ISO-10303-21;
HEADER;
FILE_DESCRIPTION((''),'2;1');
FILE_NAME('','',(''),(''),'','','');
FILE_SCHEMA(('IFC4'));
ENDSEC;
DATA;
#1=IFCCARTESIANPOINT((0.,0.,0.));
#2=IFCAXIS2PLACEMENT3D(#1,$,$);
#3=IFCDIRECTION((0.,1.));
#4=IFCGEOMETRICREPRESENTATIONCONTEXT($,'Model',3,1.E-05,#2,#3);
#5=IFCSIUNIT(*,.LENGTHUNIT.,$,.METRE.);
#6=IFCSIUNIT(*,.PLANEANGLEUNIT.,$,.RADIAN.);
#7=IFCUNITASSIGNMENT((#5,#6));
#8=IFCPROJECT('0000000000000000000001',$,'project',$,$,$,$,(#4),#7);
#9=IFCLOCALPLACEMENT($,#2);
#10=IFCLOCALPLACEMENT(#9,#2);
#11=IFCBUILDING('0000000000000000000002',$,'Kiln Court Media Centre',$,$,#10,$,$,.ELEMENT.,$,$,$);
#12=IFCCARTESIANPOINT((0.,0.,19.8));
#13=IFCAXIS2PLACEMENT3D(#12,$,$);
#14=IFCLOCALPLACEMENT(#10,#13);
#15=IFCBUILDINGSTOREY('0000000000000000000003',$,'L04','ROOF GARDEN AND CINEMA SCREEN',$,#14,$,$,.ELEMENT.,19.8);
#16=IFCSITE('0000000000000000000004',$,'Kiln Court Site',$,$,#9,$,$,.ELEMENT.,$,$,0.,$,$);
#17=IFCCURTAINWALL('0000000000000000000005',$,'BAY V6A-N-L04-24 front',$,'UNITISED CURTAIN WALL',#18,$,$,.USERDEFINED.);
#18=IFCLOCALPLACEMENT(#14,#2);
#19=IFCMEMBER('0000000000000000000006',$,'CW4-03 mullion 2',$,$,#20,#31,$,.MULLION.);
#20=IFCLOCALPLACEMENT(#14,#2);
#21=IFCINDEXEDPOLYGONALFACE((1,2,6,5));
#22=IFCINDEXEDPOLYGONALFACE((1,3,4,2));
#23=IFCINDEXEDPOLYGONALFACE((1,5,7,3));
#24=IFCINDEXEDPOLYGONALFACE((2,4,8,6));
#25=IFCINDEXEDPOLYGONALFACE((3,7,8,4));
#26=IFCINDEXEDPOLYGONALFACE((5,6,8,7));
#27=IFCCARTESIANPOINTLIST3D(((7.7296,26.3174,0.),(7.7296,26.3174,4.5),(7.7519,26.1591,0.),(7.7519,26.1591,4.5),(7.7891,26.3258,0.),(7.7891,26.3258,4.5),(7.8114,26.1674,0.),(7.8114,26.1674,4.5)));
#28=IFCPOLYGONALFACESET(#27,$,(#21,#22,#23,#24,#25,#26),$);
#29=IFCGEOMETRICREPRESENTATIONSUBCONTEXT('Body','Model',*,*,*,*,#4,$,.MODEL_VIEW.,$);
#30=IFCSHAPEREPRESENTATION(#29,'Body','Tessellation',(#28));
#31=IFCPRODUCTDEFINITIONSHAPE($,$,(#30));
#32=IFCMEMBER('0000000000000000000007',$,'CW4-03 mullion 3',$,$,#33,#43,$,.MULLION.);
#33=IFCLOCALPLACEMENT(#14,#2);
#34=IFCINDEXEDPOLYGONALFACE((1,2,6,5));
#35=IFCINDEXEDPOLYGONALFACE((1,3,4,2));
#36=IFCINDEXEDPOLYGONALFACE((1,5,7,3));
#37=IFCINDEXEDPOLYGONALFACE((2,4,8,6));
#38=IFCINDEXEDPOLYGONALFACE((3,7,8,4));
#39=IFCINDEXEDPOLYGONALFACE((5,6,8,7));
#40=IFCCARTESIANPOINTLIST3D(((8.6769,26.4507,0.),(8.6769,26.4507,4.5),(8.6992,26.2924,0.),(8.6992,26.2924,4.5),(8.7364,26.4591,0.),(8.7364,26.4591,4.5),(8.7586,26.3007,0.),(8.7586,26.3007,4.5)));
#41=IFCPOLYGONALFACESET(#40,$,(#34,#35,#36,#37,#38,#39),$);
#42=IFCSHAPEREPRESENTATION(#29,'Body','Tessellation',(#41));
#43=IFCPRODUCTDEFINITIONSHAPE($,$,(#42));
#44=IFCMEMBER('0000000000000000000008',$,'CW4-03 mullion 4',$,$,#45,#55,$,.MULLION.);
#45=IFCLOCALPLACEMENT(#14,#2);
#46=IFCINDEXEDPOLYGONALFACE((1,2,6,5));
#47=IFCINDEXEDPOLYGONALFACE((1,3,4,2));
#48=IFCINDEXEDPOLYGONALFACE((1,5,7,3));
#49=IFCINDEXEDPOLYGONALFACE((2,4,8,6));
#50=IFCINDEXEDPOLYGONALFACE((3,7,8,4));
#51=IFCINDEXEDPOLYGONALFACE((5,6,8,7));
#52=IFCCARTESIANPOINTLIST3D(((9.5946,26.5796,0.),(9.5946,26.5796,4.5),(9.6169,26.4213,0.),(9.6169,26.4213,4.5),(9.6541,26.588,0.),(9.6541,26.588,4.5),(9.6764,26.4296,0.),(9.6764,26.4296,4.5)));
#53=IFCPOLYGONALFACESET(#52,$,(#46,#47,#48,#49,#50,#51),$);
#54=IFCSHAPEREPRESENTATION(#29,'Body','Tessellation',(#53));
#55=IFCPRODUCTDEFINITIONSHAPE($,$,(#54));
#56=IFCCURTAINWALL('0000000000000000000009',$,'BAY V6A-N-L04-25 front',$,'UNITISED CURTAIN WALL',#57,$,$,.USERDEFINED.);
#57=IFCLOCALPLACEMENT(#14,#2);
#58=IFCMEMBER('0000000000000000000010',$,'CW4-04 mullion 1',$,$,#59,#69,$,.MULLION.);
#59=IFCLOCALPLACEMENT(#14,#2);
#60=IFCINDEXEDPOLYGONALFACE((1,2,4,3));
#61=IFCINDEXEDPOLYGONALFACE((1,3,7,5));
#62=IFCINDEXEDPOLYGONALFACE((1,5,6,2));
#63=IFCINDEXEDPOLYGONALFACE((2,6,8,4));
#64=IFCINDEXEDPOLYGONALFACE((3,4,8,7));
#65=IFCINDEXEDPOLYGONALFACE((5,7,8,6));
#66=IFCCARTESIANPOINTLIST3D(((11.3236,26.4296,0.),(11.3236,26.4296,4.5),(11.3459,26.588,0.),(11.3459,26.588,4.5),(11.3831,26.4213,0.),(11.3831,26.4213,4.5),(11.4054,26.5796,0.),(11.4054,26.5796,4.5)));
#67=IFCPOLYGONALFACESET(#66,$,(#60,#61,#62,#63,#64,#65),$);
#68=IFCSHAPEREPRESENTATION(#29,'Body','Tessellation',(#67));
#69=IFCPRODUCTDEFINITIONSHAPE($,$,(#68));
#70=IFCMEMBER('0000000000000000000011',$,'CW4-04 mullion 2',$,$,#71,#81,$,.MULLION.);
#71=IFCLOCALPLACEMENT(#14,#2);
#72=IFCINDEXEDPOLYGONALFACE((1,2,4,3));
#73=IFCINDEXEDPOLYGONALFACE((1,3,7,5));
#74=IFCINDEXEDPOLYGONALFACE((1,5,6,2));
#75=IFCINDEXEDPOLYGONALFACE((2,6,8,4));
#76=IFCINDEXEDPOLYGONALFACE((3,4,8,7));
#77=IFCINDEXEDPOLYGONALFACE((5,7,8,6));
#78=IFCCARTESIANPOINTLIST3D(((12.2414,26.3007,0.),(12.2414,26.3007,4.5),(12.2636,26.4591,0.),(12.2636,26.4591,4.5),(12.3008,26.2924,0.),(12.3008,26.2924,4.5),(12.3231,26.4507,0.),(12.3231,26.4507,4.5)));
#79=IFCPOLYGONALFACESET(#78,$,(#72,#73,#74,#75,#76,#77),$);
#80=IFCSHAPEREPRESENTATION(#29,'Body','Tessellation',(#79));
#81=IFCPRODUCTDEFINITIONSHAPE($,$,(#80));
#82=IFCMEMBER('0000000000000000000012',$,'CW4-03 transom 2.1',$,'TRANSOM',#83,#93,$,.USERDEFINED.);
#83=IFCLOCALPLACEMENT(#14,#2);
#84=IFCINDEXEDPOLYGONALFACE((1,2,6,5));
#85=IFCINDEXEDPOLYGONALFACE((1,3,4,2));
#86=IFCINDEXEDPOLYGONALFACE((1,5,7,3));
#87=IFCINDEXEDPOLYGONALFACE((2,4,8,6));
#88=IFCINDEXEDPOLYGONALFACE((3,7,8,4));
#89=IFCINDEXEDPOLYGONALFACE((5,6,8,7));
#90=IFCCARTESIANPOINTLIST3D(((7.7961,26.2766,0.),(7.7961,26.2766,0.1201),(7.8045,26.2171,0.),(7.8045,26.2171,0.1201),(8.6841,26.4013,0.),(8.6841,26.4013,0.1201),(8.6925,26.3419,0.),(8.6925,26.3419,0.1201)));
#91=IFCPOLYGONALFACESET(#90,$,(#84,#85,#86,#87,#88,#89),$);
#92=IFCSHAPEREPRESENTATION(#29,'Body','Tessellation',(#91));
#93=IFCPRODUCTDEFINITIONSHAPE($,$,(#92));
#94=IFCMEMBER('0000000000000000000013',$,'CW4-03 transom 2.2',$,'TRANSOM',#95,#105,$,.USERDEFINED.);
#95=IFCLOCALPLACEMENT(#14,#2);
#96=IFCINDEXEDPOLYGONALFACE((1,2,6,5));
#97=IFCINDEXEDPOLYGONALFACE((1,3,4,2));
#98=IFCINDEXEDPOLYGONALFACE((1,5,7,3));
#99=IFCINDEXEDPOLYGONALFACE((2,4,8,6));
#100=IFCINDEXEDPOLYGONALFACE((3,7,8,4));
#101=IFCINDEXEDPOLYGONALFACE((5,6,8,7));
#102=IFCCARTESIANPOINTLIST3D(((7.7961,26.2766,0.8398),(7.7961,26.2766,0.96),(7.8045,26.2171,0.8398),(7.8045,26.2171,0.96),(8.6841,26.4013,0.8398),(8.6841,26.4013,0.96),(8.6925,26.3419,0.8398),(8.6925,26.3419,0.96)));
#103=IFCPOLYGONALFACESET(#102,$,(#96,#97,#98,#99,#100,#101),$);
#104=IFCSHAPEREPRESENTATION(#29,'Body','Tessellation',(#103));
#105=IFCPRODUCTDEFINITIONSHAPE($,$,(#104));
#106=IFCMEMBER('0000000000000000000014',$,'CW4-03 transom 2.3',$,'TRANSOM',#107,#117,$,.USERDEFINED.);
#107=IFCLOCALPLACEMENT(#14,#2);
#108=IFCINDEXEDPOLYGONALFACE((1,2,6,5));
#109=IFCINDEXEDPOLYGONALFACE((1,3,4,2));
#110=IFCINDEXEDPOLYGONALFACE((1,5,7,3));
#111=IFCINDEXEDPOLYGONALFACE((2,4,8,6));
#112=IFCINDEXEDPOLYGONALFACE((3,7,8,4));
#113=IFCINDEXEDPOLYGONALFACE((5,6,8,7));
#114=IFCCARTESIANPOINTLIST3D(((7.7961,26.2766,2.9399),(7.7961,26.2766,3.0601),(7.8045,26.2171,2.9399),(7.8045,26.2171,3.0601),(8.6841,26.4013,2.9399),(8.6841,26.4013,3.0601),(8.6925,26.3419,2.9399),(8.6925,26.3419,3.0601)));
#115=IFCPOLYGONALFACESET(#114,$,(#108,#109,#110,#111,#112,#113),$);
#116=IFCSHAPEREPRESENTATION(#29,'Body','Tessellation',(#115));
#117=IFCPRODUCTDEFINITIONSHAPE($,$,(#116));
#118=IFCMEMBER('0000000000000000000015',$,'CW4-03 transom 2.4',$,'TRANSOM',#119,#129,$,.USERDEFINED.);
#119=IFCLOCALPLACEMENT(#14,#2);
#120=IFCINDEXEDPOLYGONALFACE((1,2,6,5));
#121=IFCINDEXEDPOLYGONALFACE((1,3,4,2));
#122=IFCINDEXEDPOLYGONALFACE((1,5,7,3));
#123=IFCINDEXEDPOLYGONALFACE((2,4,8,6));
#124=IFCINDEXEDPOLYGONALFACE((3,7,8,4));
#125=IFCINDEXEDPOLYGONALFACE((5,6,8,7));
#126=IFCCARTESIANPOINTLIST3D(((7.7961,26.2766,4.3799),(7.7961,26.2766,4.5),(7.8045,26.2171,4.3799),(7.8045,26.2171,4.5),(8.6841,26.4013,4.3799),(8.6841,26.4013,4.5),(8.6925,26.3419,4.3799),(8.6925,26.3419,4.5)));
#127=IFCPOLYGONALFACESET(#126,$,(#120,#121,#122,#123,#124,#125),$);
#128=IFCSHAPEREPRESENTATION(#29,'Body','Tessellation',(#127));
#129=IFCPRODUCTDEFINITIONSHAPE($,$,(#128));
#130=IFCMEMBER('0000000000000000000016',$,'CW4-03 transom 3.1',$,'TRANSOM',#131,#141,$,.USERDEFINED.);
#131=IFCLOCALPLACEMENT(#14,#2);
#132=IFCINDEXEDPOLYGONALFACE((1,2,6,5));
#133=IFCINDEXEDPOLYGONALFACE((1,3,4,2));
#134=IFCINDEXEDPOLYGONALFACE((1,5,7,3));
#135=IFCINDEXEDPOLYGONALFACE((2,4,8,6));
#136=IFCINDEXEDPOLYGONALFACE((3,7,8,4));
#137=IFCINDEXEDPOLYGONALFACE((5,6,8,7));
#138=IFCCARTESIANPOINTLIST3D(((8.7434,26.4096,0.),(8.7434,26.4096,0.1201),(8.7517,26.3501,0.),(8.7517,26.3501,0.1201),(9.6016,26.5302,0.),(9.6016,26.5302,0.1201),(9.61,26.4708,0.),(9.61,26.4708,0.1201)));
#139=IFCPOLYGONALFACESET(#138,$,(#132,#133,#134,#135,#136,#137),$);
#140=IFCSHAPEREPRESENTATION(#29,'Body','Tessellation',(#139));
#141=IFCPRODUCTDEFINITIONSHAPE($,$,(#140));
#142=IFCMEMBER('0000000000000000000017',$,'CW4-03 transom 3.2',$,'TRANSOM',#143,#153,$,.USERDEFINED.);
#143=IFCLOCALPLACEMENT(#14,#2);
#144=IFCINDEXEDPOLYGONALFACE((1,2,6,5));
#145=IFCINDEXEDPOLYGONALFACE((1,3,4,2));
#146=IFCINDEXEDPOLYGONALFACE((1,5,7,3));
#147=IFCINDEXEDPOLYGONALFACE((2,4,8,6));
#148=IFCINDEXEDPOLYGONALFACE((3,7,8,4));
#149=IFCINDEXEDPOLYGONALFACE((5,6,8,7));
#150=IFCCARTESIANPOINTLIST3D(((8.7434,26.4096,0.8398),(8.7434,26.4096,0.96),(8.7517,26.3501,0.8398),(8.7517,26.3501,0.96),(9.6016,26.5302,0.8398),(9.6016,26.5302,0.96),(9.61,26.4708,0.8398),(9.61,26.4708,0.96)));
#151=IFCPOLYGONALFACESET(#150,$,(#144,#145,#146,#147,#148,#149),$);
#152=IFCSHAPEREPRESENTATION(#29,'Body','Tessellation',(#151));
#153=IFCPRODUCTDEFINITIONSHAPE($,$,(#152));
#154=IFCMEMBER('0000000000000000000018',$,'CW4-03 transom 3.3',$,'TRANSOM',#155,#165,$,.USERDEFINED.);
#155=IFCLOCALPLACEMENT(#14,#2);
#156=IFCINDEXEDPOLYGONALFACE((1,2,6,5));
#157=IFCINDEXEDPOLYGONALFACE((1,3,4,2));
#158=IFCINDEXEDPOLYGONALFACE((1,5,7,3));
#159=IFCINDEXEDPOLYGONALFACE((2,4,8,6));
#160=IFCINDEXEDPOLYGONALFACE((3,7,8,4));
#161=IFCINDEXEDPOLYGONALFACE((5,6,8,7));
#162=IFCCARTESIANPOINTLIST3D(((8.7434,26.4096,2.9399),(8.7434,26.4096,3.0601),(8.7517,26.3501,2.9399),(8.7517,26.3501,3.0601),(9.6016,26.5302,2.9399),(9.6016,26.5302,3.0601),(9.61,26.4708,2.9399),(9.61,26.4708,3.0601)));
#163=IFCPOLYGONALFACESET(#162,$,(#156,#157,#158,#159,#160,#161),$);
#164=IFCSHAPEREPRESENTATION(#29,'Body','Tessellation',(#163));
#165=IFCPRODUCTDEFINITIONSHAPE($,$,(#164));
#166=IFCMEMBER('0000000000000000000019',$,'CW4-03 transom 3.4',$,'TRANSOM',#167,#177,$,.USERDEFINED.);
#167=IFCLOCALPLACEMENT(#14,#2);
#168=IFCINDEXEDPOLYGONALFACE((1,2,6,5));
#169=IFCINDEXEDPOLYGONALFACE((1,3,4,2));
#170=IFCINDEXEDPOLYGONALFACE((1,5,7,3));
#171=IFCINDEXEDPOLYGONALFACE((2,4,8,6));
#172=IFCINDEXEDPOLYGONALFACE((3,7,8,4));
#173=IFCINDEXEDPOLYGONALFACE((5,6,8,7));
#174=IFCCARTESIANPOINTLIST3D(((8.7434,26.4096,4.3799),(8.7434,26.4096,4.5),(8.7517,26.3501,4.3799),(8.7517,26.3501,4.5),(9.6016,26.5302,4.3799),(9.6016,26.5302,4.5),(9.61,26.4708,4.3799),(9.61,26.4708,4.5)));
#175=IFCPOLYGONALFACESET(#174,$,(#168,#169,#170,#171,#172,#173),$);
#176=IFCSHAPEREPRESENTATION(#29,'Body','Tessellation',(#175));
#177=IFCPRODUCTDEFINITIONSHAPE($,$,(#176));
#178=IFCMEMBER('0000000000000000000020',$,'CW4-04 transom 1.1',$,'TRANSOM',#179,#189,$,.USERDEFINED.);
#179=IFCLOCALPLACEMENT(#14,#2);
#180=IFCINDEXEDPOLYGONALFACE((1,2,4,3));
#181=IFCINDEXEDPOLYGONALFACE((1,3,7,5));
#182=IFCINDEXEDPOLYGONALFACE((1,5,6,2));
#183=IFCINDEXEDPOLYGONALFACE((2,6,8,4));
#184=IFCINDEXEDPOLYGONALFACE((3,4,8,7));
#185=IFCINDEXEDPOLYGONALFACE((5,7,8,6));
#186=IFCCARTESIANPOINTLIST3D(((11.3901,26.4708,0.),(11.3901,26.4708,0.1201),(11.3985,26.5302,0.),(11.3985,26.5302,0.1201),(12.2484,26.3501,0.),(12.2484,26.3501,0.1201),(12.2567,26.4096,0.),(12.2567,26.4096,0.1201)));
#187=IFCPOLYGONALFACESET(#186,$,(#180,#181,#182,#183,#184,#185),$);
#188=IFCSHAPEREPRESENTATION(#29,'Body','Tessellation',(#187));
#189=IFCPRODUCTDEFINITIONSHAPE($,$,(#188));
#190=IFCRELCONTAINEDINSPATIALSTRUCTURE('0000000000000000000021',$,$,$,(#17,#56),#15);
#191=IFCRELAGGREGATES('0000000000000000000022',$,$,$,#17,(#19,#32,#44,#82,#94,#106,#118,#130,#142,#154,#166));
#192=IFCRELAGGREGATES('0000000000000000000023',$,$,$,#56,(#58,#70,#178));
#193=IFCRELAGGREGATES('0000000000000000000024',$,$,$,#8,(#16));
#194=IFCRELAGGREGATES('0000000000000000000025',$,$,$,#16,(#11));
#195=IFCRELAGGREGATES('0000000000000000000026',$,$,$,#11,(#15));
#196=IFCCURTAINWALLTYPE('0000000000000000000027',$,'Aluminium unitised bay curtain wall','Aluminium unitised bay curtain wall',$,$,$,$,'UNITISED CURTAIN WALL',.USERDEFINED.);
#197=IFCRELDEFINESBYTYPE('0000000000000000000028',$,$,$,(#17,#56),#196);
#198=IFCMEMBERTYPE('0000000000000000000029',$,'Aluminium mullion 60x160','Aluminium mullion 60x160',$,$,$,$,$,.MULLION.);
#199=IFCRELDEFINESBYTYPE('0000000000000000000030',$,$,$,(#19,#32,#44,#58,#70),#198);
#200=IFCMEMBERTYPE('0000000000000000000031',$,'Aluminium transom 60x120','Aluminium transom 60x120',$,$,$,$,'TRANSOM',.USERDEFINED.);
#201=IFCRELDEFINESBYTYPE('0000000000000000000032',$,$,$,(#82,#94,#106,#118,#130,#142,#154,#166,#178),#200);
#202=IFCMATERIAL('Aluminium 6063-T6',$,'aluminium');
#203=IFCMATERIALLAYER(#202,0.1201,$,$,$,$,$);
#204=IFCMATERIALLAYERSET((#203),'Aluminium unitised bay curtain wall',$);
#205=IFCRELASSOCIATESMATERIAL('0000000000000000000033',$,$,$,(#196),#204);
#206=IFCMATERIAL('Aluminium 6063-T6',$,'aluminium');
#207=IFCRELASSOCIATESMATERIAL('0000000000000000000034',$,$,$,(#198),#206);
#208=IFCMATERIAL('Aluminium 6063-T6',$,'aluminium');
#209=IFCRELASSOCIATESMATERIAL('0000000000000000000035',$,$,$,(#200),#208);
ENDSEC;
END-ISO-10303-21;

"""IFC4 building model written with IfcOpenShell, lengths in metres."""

from ifc_helpers import new_model, si_unit, direction, frame, origin, origin_2d, place, context, subcontext, project, spatial, rectangle, extrude, material, layer, layer_set, material_profile, profile_set, type_object, element, aggregate, save


model = new_model("IFC4")

# Units and contexts
model_context = context("Model", 3, precision=1e-05, world=origin(), true_north=direction((0.0, 1.0)))
body_context = subcontext(model_context, "Body", "Model", "MODEL_VIEW")
ifc_project = project(units=[si_unit("LENGTHUNIT", "METRE"), si_unit("PLANEANGLEUNIT", "RADIAN")], contexts=[model_context])

# Site, building, storey
site_placement = place(None, origin())
site = spatial("IfcSite", under=ifc_project, at=site_placement, Name="Kiln Court Site", CompositionType="ELEMENT", RefElevation=0.0)
building_placement = place(site_placement, origin())
building = spatial("IfcBuilding", under=site, at=building_placement, Name="Kiln Court Media Centre", CompositionType="ELEMENT")
storey_placement = place(building_placement, frame((0.0, 0.0, 19.8)))
storey = spatial("IfcBuildingStorey", under=building, at=storey_placement, Name="L04", Description="ROOF GARDEN AND CINEMA SCREEN", CompositionType="ELEMENT", Elevation=19.8)

# Curtain walls, members
ifc_material_1 = material(Name="Aluminium 6063-T6", Category="aluminium")
ifc_layer_1 = layer(ifc_material_1, 0.1201)
ifc_layer_set_1 = layer_set([ifc_layer_1], Name="Aluminium unitised bay curtain wall")
curtain_wall_type = type_object("IfcCurtainWallType", Name="Aluminium unitised bay curtain wall", Description="Aluminium unitised bay curtain wall", ElementType="UNITISED CURTAIN WALL", PredefinedType="USERDEFINED", material=ifc_layer_set_1)
curtain_wall_1_placement = place(storey_placement, origin())
curtain_wall_1 = element("IfcCurtainWall", 1, at=curtain_wall_1_placement, inside=storey, type_object=curtain_wall_type, Name="BAY V6A-N-L04-24 front", ObjectType="UNITISED CURTAIN WALL", PredefinedType="USERDEFINED")
ifc_material_2 = material(Name="Aluminium 6063-T6", Category="aluminium")
ifc_material_profile_1 = material_profile(ifc_material_2, rectangle(XDim=0.0601, YDim=0.1599, at=origin_2d()), Name="Aluminium mullion 60x160")
ifc_profile_set_1 = profile_set([ifc_material_profile_1], Name="Aluminium 6063-T6")
member_type_1 = type_object("IfcMemberType", Name="Aluminium mullion 60x160", Description="Aluminium mullion 60x160", PredefinedType="MULLION", material=ifc_profile_set_1)
member_1_placement = place(storey_placement, frame((7.7705, 26.2424, 0.0), z_axis=(0.0, 0.0, 1.0), x_axis=(0.99027, 0.139162, 0.0)))
member_1 = element("IfcMember", 2, at=member_1_placement, type_object=member_type_1, Name="CW4-03 mullion 2", PredefinedType="MULLION", context=body_context, shape_type="SweptSolid", body=[
    extrude(rectangle(XDim=0.0601, YDim=0.1599, at=origin_2d()), origin(), (0.0, 0.0, 1.0), 4.5),
])
member_2_placement = place(storey_placement, frame((8.7178, 26.3757, 0.0), z_axis=(0.0, 0.0, 1.0), x_axis=(0.99027, 0.139162, 0.0)))
member_2 = element("IfcMember", 3, at=member_2_placement, type_object=member_type_1, Name="CW4-03 mullion 3", PredefinedType="MULLION", context=body_context, shape_type="SweptSolid", body=[
    extrude(rectangle(XDim=0.0601, YDim=0.1599, at=origin_2d()), origin(), (0.0, 0.0, 1.0), 4.5),
])
member_3_placement = place(storey_placement, frame((9.6355, 26.5046, 0.0), z_axis=(0.0, 0.0, 1.0), x_axis=(0.99027, 0.139162, 0.0)))
member_3 = element("IfcMember", 4, at=member_3_placement, type_object=member_type_1, Name="CW4-03 mullion 4", PredefinedType="MULLION", context=body_context, shape_type="SweptSolid", body=[
    extrude(rectangle(XDim=0.0601, YDim=0.1599, at=origin_2d()), origin(), (0.0, 0.0, 1.0), 4.5),
])
curtain_wall_2_placement = place(storey_placement, origin())
curtain_wall_2 = element("IfcCurtainWall", 5, at=curtain_wall_2_placement, inside=storey, type_object=curtain_wall_type, Name="BAY V6A-N-L04-25 front", ObjectType="UNITISED CURTAIN WALL", PredefinedType="USERDEFINED")
member_4_placement = place(storey_placement, frame((11.3645, 26.5046, 0.0), z_axis=(0.0, 0.0, 1.0), x_axis=(0.99027, -0.139162, 0.0)))
member_4 = element("IfcMember", 6, at=member_4_placement, type_object=member_type_1, Name="CW4-04 mullion 1", PredefinedType="MULLION", context=body_context, shape_type="SweptSolid", body=[
    extrude(rectangle(XDim=0.0601, YDim=0.1599, at=origin_2d()), origin(), (0.0, 0.0, 1.0), 4.5),
])
member_5_placement = place(storey_placement, frame((12.2822, 26.3757, 0.0), z_axis=(0.0, 0.0, 1.0), x_axis=(0.99027, -0.139162, 0.0)))
member_5 = element("IfcMember", 7, at=member_5_placement, type_object=member_type_1, Name="CW4-04 mullion 2", PredefinedType="MULLION", context=body_context, shape_type="SweptSolid", body=[
    extrude(rectangle(XDim=0.0601, YDim=0.1599, at=origin_2d()), origin(), (0.0, 0.0, 1.0), 4.5),
])

# Members
ifc_material_3 = material(Name="Aluminium 6063-T6", Category="aluminium")
ifc_material_profile_2 = material_profile(ifc_material_3, rectangle(XDim=0.0601, YDim=0.1201, at=origin_2d()), Name="Aluminium transom 60x120")
ifc_profile_set_2 = profile_set([ifc_material_profile_2], Name="Aluminium 6063-T6")
member_type_2 = type_object("IfcMemberType", Name="Aluminium transom 60x120", Description="Aluminium transom 60x120", ElementType="TRANSOM", PredefinedType="USERDEFINED", material=ifc_profile_set_2)
member_6_placement = place(storey_placement, frame((7.8003, 26.2468, 0.0601), z_axis=(0.990274, 0.139134, 0.0), x_axis=(-0.139134, 0.990274, 0.0)))
member_6 = element("IfcMember", 8, at=member_6_placement, type_object=member_type_2, Name="CW4-03 transom 2.1", ObjectType="TRANSOM", PredefinedType="USERDEFINED", context=body_context, shape_type="SweptSolid", body=[
    extrude(rectangle(XDim=0.0601, YDim=0.1201, at=origin_2d()), origin(), (0.0, 0.0, 1.0), 0.8967),
])
member_7_placement = place(storey_placement, frame((7.8003, 26.2468, 0.8999), z_axis=(0.990274, 0.139134, 0.0), x_axis=(-0.139134, 0.990274, 0.0)))
member_7 = element("IfcMember", 9, at=member_7_placement, type_object=member_type_2, Name="CW4-03 transom 2.2", ObjectType="TRANSOM", PredefinedType="USERDEFINED", context=body_context, shape_type="SweptSolid", body=[
    extrude(rectangle(XDim=0.0601, YDim=0.1201, at=origin_2d()), origin(), (0.0, 0.0, 1.0), 0.8967),
])
member_8_placement = place(storey_placement, frame((7.8003, 26.2468, 3.0), z_axis=(0.990274, 0.139134, 0.0), x_axis=(-0.139134, 0.990274, 0.0)))
member_8 = element("IfcMember", 10, at=member_8_placement, type_object=member_type_2, Name="CW4-03 transom 2.3", ObjectType="TRANSOM", PredefinedType="USERDEFINED", context=body_context, shape_type="SweptSolid", body=[
    extrude(rectangle(XDim=0.0601, YDim=0.1201, at=origin_2d()), origin(), (0.0, 0.0, 1.0), 0.8967),
])
member_9_placement = place(storey_placement, frame((7.8003, 26.2468, 4.4399), z_axis=(0.990274, 0.139134, 0.0), x_axis=(-0.139134, 0.990274, 0.0)))
member_9 = element("IfcMember", 11, at=member_9_placement, type_object=member_type_2, Name="CW4-03 transom 2.4", ObjectType="TRANSOM", PredefinedType="USERDEFINED", context=body_context, shape_type="SweptSolid", body=[
    extrude(rectangle(XDim=0.0601, YDim=0.1201, at=origin_2d()), origin(), (0.0, 0.0, 1.0), 0.8967),
])
member_10_placement = place(storey_placement, frame((8.7476, 26.3799, 0.0601), z_axis=(0.990268, 0.139173, 0.0), x_axis=(-0.139173, 0.990268, 0.0)))
member_10 = element("IfcMember", 12, at=member_10_placement, type_object=member_type_2, Name="CW4-03 transom 3.1", ObjectType="TRANSOM", PredefinedType="USERDEFINED", context=body_context, shape_type="SweptSolid", body=[
    extrude(rectangle(XDim=0.0601, YDim=0.1201, at=origin_2d()), origin(), (0.0, 0.0, 1.0), 0.8667),
])
member_11_placement = place(storey_placement, frame((8.7476, 26.3799, 0.8999), z_axis=(0.990268, 0.139173, 0.0), x_axis=(-0.139173, 0.990268, 0.0)))
member_11 = element("IfcMember", 13, at=member_11_placement, type_object=member_type_2, Name="CW4-03 transom 3.2", ObjectType="TRANSOM", PredefinedType="USERDEFINED", context=body_context, shape_type="SweptSolid", body=[
    extrude(rectangle(XDim=0.0601, YDim=0.1201, at=origin_2d()), origin(), (0.0, 0.0, 1.0), 0.8667),
])
member_12_placement = place(storey_placement, frame((8.7476, 26.3799, 3.0), z_axis=(0.990268, 0.139173, 0.0), x_axis=(-0.139173, 0.990268, 0.0)))
member_12 = element("IfcMember", 14, at=member_12_placement, type_object=member_type_2, Name="CW4-03 transom 3.3", ObjectType="TRANSOM", PredefinedType="USERDEFINED", context=body_context, shape_type="SweptSolid", body=[
    extrude(rectangle(XDim=0.0601, YDim=0.1201, at=origin_2d()), origin(), (0.0, 0.0, 1.0), 0.8667),
])
member_13_placement = place(storey_placement, frame((8.7476, 26.3799, 4.4399), z_axis=(0.990268, 0.139173, 0.0), x_axis=(-0.139173, 0.990268, 0.0)))
member_13 = element("IfcMember", 15, at=member_13_placement, type_object=member_type_2, Name="CW4-03 transom 3.4", ObjectType="TRANSOM", PredefinedType="USERDEFINED", context=body_context, shape_type="SweptSolid", body=[
    extrude(rectangle(XDim=0.0601, YDim=0.1201, at=origin_2d()), origin(), (0.0, 0.0, 1.0), 0.8667),
])
member_14_placement = place(storey_placement, frame((11.3943, 26.5005, 0.0601), z_axis=(0.990268, -0.139173, 0.0), x_axis=(0.139173, 0.990268, 0.0)))
member_14 = element("IfcMember", 16, at=member_14_placement, type_object=member_type_2, Name="CW4-04 transom 1.1", ObjectType="TRANSOM", PredefinedType="USERDEFINED", context=body_context, shape_type="SweptSolid", body=[
    extrude(rectangle(XDim=0.0601, YDim=0.1201, at=origin_2d()), origin(), (0.0, 0.0, 1.0), 0.8667),
])

aggregate(curtain_wall_1, [member_1, member_2, member_3, member_6, member_7, member_8, member_9, member_10, member_11, member_12, member_13])
aggregate(curtain_wall_2, [member_4, member_5, member_14])

save(model, "model.ifc")
